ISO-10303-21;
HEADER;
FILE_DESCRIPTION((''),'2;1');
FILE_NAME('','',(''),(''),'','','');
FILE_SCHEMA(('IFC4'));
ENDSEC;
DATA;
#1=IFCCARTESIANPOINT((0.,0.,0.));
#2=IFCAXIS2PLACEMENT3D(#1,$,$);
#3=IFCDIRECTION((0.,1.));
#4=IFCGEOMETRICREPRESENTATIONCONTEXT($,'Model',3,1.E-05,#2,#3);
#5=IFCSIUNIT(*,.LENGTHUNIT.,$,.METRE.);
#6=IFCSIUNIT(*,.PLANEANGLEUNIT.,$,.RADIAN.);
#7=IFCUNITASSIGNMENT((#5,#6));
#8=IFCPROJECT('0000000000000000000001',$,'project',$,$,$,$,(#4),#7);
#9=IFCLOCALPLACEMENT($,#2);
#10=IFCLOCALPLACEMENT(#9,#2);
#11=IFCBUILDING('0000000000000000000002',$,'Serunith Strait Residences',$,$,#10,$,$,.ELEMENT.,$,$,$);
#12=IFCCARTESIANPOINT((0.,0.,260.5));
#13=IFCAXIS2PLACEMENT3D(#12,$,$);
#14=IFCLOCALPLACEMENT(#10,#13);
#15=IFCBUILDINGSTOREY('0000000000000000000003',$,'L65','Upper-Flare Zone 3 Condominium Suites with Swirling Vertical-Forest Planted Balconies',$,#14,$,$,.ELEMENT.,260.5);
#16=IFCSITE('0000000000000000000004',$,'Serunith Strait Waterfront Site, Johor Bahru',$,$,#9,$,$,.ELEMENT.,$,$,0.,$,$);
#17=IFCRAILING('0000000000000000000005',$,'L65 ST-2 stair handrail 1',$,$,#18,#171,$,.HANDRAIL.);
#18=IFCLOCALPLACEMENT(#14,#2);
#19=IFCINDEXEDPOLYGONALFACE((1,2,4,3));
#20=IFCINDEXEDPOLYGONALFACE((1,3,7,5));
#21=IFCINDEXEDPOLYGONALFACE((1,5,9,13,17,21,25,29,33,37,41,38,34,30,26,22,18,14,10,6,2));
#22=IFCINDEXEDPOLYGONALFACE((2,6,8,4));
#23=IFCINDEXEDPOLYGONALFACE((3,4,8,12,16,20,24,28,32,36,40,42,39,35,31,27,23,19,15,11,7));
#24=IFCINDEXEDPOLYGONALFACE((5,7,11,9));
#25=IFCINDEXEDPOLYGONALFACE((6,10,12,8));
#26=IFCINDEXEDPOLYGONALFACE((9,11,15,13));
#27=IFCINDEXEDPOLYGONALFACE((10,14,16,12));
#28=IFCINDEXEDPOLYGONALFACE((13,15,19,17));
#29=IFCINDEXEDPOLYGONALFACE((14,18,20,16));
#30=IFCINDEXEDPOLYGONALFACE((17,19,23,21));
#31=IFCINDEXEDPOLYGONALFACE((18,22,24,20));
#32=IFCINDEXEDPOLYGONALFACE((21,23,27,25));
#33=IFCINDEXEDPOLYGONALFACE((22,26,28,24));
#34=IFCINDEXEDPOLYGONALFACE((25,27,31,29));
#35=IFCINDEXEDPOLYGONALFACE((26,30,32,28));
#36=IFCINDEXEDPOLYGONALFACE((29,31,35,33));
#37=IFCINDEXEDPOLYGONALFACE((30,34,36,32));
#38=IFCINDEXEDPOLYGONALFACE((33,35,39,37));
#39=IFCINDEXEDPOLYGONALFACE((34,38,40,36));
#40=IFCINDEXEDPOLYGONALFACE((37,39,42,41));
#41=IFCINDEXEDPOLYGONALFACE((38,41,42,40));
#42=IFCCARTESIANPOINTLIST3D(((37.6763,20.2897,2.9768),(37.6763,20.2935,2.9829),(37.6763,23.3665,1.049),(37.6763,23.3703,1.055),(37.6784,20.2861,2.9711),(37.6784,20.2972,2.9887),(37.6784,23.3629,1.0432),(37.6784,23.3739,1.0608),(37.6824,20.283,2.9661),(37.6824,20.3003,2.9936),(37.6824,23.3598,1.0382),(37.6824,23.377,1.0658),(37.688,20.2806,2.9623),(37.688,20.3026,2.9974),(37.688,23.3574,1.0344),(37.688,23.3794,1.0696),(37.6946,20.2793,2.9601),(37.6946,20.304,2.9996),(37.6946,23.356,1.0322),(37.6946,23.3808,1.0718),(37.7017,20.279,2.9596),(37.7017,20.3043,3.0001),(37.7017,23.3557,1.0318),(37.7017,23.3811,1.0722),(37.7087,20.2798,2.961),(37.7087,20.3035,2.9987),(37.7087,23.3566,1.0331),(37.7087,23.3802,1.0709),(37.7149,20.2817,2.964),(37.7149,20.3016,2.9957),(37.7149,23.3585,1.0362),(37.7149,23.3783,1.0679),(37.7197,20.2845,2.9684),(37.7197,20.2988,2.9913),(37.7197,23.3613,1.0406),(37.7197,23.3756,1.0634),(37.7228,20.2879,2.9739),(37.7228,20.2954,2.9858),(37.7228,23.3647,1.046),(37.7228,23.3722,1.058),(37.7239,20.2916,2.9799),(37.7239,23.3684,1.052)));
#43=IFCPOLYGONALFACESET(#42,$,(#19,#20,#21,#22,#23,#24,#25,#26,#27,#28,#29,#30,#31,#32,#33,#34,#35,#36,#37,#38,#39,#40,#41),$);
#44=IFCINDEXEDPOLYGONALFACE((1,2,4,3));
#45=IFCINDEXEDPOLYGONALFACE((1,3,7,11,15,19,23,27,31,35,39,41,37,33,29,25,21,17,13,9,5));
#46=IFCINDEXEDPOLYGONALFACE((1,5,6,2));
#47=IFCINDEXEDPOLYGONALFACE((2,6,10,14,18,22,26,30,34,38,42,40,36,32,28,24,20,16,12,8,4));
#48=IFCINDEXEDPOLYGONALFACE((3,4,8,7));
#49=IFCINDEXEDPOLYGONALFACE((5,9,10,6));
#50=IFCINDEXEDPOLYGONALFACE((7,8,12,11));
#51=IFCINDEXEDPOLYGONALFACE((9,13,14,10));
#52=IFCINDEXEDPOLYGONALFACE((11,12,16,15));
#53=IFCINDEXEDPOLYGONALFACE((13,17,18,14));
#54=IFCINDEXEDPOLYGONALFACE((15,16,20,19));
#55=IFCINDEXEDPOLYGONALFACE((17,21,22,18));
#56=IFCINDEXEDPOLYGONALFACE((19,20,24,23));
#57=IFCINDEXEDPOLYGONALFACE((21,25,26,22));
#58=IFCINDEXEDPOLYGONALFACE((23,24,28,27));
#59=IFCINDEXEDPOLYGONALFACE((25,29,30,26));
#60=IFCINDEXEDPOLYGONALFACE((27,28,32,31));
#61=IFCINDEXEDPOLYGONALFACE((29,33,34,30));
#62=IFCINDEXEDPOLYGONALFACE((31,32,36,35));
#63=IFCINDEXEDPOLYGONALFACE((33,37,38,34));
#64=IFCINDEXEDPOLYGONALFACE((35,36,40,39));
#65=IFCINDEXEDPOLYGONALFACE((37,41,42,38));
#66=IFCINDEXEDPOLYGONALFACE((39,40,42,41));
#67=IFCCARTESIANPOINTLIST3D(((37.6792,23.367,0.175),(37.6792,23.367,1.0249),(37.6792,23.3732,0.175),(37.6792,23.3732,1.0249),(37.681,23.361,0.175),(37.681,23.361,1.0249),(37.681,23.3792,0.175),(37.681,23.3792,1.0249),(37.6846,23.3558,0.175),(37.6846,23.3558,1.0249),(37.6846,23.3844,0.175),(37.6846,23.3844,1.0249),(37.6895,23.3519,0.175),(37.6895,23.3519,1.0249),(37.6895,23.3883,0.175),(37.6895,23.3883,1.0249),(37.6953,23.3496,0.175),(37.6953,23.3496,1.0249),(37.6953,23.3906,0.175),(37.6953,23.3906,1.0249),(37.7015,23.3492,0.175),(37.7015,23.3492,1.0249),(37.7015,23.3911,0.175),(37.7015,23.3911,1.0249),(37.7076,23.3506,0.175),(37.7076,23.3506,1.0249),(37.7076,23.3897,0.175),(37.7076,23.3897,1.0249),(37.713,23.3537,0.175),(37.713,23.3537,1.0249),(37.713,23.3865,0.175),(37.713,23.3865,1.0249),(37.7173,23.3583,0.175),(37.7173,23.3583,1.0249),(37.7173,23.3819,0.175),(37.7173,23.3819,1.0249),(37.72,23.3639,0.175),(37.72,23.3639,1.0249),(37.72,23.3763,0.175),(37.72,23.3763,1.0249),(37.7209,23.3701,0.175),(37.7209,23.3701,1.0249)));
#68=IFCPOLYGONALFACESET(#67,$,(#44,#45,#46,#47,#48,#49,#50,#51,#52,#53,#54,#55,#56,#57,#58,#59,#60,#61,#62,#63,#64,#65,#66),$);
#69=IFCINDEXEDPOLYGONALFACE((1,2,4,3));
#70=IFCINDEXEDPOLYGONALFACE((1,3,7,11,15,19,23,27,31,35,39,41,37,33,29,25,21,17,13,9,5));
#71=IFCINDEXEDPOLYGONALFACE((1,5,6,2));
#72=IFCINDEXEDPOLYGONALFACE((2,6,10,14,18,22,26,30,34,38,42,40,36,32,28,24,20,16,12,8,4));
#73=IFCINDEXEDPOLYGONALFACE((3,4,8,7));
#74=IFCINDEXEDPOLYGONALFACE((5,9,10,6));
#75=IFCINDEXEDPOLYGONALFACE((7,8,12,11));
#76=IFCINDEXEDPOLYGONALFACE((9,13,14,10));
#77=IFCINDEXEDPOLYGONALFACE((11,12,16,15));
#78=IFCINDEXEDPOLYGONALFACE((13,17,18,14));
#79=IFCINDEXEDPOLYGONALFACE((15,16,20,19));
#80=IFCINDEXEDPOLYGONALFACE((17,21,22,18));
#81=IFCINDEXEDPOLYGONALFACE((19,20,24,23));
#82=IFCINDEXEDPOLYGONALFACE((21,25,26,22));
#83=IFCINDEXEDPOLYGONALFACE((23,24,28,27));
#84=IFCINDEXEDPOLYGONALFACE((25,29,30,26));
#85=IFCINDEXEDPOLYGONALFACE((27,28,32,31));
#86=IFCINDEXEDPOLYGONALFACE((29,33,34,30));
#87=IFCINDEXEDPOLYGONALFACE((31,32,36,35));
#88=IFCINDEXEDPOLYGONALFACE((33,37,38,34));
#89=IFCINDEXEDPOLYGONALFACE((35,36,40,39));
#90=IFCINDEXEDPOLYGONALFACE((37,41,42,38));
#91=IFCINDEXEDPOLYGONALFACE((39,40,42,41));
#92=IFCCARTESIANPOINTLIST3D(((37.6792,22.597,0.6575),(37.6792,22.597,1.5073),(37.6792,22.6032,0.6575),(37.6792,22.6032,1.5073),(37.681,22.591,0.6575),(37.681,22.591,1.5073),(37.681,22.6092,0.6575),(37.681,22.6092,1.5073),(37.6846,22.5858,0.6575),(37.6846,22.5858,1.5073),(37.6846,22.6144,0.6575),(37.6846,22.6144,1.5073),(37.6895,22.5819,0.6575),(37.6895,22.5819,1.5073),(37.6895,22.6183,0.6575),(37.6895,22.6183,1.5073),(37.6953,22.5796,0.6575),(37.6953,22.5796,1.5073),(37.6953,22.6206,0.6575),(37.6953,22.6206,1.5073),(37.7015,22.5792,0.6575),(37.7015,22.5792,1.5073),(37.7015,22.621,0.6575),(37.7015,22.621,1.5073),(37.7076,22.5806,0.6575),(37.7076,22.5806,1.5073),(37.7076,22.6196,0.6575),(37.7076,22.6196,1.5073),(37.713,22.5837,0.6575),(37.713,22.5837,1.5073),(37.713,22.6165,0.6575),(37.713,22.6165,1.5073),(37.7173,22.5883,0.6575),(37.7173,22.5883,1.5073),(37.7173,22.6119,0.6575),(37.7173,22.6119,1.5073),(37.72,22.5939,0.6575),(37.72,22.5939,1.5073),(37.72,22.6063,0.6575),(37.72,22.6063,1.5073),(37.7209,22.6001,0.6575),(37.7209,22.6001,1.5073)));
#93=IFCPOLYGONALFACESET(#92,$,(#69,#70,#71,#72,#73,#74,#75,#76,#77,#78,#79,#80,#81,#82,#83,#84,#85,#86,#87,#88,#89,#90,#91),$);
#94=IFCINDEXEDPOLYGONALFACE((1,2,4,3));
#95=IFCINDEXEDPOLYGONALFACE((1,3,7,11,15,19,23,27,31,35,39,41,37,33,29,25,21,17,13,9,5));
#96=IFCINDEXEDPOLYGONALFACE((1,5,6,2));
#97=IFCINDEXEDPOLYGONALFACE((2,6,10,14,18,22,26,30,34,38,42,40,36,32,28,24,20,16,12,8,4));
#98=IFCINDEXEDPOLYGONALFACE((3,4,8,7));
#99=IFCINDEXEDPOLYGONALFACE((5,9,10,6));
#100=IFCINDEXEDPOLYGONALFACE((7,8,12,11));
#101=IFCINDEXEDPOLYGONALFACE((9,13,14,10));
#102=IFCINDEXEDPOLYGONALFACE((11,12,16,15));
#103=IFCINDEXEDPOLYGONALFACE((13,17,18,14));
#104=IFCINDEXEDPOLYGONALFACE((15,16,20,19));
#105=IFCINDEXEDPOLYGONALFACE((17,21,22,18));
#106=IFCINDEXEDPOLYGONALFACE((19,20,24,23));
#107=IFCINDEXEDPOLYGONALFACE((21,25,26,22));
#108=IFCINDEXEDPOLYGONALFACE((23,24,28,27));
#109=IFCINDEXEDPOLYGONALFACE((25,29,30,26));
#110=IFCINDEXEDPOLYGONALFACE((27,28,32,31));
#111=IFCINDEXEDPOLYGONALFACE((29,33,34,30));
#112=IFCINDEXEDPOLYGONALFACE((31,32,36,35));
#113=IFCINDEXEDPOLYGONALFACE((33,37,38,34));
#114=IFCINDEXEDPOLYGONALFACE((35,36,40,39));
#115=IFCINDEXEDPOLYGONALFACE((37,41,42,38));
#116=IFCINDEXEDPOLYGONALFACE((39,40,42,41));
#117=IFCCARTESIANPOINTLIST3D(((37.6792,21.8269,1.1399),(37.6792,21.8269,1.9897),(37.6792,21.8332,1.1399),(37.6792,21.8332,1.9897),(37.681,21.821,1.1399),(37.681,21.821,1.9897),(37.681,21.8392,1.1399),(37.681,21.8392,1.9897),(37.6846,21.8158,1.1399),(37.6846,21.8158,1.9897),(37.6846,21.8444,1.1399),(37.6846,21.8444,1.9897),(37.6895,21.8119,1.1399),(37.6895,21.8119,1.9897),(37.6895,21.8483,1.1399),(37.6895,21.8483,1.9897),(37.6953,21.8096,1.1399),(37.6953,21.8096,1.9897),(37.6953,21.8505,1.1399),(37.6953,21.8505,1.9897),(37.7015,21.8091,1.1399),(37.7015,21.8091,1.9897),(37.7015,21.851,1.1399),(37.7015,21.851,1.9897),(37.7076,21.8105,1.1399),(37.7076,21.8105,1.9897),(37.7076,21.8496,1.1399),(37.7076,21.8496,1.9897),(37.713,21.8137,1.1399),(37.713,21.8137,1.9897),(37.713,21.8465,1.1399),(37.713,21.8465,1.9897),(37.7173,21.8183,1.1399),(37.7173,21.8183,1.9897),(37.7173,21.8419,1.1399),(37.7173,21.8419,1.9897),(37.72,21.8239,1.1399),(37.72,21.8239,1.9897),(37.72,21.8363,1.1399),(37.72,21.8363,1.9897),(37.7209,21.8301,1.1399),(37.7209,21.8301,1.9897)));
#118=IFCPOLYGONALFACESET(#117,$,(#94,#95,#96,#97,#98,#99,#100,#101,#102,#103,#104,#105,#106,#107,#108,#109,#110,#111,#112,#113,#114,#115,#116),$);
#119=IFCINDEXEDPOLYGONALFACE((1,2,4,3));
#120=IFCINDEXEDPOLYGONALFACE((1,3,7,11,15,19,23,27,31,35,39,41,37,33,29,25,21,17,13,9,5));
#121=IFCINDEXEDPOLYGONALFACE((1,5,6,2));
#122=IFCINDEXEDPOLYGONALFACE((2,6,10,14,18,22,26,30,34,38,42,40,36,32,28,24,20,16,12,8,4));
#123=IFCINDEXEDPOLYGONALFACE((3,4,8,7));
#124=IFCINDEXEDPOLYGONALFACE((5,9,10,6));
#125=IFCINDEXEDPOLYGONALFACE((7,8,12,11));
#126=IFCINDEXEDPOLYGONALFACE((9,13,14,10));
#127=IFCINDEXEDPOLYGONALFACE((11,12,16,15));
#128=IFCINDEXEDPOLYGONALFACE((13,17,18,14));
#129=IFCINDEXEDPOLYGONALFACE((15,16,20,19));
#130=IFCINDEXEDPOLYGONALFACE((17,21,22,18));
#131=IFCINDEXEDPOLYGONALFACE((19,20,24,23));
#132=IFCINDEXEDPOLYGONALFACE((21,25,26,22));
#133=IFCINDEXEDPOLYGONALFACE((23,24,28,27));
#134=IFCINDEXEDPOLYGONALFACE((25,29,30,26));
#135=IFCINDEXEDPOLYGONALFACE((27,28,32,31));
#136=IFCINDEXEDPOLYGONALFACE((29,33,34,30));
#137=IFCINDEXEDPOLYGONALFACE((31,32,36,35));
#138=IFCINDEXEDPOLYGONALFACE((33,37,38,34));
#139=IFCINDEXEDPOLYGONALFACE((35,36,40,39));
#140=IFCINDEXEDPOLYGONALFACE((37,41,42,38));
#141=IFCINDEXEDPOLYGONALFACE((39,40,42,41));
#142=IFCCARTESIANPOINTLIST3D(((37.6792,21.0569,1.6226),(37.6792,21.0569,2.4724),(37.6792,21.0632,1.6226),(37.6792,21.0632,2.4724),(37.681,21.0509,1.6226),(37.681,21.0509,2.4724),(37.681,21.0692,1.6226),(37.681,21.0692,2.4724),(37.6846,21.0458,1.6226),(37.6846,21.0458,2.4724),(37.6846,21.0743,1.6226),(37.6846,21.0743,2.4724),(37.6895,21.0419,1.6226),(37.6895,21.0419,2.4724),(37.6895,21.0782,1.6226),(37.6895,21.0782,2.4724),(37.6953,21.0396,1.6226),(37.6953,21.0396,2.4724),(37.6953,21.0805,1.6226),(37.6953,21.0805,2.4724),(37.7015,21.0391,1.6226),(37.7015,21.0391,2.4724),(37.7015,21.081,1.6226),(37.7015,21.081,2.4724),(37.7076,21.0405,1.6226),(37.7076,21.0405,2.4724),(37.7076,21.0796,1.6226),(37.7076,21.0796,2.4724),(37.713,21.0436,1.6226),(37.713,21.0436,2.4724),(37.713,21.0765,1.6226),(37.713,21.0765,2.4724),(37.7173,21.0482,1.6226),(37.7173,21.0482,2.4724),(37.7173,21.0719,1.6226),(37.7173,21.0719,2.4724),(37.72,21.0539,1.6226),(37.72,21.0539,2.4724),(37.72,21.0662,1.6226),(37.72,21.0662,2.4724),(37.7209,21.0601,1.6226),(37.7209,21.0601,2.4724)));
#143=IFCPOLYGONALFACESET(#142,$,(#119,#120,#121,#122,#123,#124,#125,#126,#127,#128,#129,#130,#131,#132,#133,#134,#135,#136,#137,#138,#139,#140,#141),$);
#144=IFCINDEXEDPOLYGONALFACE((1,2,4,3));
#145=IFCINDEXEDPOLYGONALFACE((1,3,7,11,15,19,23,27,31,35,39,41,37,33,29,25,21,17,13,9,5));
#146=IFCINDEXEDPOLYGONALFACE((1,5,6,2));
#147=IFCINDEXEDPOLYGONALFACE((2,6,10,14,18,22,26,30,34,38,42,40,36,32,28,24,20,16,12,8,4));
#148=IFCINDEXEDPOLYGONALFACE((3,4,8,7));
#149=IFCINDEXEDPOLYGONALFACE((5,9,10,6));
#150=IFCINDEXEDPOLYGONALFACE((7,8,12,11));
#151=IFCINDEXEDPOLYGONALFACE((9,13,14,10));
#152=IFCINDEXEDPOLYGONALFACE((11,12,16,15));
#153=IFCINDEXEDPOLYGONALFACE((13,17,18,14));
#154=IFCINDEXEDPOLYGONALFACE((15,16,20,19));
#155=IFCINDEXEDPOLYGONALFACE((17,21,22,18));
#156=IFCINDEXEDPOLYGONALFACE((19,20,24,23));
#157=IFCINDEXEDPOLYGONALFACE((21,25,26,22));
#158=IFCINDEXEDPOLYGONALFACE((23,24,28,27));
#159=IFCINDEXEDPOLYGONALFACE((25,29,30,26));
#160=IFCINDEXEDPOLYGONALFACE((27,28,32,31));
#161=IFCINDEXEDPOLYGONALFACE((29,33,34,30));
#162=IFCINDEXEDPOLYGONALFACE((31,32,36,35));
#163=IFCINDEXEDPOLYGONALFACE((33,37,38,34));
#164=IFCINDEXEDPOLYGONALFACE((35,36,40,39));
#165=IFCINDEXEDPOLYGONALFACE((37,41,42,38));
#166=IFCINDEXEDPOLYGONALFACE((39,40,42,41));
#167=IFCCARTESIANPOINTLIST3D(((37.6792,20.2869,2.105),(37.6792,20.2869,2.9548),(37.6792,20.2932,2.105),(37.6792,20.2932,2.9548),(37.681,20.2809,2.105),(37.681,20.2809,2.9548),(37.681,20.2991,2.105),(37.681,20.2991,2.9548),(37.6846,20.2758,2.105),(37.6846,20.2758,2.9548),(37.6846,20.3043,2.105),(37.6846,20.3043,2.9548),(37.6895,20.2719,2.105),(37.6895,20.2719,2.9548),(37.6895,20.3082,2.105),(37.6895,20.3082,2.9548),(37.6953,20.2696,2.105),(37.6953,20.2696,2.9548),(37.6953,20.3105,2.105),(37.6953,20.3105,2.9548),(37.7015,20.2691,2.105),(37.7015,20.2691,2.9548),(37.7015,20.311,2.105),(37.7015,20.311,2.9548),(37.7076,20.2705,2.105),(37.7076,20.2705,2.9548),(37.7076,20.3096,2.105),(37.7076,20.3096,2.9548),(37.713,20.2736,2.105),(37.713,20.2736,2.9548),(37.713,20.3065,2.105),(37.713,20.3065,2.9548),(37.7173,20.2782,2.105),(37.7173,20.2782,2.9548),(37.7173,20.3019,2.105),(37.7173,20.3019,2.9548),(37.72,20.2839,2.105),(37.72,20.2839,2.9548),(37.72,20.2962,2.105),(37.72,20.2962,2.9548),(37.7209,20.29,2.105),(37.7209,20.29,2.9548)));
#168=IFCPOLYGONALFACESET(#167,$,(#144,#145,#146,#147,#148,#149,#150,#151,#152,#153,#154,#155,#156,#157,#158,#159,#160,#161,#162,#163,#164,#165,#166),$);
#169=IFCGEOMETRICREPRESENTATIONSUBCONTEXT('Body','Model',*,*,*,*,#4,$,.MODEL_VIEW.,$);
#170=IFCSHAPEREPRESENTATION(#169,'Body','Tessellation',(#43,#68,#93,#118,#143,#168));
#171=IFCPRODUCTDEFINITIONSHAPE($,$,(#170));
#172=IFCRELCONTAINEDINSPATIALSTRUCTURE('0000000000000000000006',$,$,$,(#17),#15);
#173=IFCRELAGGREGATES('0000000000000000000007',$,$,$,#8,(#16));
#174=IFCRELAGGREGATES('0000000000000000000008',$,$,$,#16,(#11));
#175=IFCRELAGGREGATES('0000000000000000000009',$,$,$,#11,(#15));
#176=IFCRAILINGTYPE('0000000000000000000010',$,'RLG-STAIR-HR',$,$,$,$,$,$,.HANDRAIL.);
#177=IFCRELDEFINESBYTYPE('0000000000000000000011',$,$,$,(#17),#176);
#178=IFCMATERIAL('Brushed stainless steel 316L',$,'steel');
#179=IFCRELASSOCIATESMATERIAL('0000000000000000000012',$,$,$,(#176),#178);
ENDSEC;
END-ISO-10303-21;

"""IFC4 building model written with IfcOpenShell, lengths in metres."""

from ifc_helpers import new_model, si_unit, direction, frame, origin, origin_2d, place, context, subcontext, project, spatial, circle, extrude, material, type_object, element, save


model = new_model("IFC4")

# Units and contexts
model_context = context("Model", 3, precision=1e-05, world=origin(), true_north=direction((0.0, 1.0)))
body_context = subcontext(model_context, "Body", "Model", "MODEL_VIEW")
ifc_project = project(units=[si_unit("LENGTHUNIT", "METRE"), si_unit("PLANEANGLEUNIT", "RADIAN")], contexts=[model_context])

# Site, building, storey
site_placement = place(None, origin())
site = spatial("IfcSite", under=ifc_project, at=site_placement, Name="Serunith Strait Waterfront Site, Johor Bahru", CompositionType="ELEMENT", RefElevation=0.0)
building_placement = place(site_placement, origin())
building = spatial("IfcBuilding", under=site, at=building_placement, Name="Serunith Strait Residences", CompositionType="ELEMENT")
storey_placement = place(building_placement, frame((0.0, 0.0, 260.5)))
storey = spatial("IfcBuildingStorey", under=building, at=storey_placement, Name="L65", Description="Upper-Flare Zone 3 Condominium Suites with Swirling Vertical-Forest Planted Balconies", CompositionType="ELEMENT", Elevation=260.5)

# Railing
ifc_material_1 = material(Name="Brushed stainless steel 316L", Category="steel")
railing_type_1 = type_object("IfcRailingType", Name="RLG-STAIR-HR", PredefinedType="HANDRAIL", material=ifc_material_1)
railing_1_placement = place(storey_placement, frame((37.7, 23.3701, 0.175)))
element("IfcRailing", 1, at=railing_1_placement, inside=storey, type_object=railing_type_1, Name="L65 ST-2 stair handrail 1", PredefinedType="HANDRAIL", context=body_context, shape_type="SweptSolid", body=[
    extrude(circle(Radius=0.0239, at=origin_2d()), frame((0.0, -0.0017, 0.877), z_axis=(0.0, -0.847394, 0.530965), x_axis=(1.0, 0.0, 0.0)), (0.0, 0.0, 1.0), 3.6309),
    extrude(circle(Radius=0.021, at=origin_2d()), origin(), (0.0, 0.0, 1.0), 0.8499),
    extrude(circle(Radius=0.021, at=origin_2d()), frame((0.0, -0.77, 0.4824)), (0.0, 0.0, 1.0), 0.8499),
    extrude(circle(Radius=0.021, at=origin_2d()), frame((0.0, -1.54, 0.9648)), (0.0, 0.0, 1.0), 0.8499),
    extrude(circle(Radius=0.021, at=origin_2d()), frame((0.0, -2.3101, 1.4475)), (0.0, 0.0, 1.0), 0.8499),
    extrude(circle(Radius=0.021, at=origin_2d()), frame((0.0, -3.0801, 1.9299)), (0.0, 0.0, 1.0), 0.8499),
])

save(model, "model.ifc")
